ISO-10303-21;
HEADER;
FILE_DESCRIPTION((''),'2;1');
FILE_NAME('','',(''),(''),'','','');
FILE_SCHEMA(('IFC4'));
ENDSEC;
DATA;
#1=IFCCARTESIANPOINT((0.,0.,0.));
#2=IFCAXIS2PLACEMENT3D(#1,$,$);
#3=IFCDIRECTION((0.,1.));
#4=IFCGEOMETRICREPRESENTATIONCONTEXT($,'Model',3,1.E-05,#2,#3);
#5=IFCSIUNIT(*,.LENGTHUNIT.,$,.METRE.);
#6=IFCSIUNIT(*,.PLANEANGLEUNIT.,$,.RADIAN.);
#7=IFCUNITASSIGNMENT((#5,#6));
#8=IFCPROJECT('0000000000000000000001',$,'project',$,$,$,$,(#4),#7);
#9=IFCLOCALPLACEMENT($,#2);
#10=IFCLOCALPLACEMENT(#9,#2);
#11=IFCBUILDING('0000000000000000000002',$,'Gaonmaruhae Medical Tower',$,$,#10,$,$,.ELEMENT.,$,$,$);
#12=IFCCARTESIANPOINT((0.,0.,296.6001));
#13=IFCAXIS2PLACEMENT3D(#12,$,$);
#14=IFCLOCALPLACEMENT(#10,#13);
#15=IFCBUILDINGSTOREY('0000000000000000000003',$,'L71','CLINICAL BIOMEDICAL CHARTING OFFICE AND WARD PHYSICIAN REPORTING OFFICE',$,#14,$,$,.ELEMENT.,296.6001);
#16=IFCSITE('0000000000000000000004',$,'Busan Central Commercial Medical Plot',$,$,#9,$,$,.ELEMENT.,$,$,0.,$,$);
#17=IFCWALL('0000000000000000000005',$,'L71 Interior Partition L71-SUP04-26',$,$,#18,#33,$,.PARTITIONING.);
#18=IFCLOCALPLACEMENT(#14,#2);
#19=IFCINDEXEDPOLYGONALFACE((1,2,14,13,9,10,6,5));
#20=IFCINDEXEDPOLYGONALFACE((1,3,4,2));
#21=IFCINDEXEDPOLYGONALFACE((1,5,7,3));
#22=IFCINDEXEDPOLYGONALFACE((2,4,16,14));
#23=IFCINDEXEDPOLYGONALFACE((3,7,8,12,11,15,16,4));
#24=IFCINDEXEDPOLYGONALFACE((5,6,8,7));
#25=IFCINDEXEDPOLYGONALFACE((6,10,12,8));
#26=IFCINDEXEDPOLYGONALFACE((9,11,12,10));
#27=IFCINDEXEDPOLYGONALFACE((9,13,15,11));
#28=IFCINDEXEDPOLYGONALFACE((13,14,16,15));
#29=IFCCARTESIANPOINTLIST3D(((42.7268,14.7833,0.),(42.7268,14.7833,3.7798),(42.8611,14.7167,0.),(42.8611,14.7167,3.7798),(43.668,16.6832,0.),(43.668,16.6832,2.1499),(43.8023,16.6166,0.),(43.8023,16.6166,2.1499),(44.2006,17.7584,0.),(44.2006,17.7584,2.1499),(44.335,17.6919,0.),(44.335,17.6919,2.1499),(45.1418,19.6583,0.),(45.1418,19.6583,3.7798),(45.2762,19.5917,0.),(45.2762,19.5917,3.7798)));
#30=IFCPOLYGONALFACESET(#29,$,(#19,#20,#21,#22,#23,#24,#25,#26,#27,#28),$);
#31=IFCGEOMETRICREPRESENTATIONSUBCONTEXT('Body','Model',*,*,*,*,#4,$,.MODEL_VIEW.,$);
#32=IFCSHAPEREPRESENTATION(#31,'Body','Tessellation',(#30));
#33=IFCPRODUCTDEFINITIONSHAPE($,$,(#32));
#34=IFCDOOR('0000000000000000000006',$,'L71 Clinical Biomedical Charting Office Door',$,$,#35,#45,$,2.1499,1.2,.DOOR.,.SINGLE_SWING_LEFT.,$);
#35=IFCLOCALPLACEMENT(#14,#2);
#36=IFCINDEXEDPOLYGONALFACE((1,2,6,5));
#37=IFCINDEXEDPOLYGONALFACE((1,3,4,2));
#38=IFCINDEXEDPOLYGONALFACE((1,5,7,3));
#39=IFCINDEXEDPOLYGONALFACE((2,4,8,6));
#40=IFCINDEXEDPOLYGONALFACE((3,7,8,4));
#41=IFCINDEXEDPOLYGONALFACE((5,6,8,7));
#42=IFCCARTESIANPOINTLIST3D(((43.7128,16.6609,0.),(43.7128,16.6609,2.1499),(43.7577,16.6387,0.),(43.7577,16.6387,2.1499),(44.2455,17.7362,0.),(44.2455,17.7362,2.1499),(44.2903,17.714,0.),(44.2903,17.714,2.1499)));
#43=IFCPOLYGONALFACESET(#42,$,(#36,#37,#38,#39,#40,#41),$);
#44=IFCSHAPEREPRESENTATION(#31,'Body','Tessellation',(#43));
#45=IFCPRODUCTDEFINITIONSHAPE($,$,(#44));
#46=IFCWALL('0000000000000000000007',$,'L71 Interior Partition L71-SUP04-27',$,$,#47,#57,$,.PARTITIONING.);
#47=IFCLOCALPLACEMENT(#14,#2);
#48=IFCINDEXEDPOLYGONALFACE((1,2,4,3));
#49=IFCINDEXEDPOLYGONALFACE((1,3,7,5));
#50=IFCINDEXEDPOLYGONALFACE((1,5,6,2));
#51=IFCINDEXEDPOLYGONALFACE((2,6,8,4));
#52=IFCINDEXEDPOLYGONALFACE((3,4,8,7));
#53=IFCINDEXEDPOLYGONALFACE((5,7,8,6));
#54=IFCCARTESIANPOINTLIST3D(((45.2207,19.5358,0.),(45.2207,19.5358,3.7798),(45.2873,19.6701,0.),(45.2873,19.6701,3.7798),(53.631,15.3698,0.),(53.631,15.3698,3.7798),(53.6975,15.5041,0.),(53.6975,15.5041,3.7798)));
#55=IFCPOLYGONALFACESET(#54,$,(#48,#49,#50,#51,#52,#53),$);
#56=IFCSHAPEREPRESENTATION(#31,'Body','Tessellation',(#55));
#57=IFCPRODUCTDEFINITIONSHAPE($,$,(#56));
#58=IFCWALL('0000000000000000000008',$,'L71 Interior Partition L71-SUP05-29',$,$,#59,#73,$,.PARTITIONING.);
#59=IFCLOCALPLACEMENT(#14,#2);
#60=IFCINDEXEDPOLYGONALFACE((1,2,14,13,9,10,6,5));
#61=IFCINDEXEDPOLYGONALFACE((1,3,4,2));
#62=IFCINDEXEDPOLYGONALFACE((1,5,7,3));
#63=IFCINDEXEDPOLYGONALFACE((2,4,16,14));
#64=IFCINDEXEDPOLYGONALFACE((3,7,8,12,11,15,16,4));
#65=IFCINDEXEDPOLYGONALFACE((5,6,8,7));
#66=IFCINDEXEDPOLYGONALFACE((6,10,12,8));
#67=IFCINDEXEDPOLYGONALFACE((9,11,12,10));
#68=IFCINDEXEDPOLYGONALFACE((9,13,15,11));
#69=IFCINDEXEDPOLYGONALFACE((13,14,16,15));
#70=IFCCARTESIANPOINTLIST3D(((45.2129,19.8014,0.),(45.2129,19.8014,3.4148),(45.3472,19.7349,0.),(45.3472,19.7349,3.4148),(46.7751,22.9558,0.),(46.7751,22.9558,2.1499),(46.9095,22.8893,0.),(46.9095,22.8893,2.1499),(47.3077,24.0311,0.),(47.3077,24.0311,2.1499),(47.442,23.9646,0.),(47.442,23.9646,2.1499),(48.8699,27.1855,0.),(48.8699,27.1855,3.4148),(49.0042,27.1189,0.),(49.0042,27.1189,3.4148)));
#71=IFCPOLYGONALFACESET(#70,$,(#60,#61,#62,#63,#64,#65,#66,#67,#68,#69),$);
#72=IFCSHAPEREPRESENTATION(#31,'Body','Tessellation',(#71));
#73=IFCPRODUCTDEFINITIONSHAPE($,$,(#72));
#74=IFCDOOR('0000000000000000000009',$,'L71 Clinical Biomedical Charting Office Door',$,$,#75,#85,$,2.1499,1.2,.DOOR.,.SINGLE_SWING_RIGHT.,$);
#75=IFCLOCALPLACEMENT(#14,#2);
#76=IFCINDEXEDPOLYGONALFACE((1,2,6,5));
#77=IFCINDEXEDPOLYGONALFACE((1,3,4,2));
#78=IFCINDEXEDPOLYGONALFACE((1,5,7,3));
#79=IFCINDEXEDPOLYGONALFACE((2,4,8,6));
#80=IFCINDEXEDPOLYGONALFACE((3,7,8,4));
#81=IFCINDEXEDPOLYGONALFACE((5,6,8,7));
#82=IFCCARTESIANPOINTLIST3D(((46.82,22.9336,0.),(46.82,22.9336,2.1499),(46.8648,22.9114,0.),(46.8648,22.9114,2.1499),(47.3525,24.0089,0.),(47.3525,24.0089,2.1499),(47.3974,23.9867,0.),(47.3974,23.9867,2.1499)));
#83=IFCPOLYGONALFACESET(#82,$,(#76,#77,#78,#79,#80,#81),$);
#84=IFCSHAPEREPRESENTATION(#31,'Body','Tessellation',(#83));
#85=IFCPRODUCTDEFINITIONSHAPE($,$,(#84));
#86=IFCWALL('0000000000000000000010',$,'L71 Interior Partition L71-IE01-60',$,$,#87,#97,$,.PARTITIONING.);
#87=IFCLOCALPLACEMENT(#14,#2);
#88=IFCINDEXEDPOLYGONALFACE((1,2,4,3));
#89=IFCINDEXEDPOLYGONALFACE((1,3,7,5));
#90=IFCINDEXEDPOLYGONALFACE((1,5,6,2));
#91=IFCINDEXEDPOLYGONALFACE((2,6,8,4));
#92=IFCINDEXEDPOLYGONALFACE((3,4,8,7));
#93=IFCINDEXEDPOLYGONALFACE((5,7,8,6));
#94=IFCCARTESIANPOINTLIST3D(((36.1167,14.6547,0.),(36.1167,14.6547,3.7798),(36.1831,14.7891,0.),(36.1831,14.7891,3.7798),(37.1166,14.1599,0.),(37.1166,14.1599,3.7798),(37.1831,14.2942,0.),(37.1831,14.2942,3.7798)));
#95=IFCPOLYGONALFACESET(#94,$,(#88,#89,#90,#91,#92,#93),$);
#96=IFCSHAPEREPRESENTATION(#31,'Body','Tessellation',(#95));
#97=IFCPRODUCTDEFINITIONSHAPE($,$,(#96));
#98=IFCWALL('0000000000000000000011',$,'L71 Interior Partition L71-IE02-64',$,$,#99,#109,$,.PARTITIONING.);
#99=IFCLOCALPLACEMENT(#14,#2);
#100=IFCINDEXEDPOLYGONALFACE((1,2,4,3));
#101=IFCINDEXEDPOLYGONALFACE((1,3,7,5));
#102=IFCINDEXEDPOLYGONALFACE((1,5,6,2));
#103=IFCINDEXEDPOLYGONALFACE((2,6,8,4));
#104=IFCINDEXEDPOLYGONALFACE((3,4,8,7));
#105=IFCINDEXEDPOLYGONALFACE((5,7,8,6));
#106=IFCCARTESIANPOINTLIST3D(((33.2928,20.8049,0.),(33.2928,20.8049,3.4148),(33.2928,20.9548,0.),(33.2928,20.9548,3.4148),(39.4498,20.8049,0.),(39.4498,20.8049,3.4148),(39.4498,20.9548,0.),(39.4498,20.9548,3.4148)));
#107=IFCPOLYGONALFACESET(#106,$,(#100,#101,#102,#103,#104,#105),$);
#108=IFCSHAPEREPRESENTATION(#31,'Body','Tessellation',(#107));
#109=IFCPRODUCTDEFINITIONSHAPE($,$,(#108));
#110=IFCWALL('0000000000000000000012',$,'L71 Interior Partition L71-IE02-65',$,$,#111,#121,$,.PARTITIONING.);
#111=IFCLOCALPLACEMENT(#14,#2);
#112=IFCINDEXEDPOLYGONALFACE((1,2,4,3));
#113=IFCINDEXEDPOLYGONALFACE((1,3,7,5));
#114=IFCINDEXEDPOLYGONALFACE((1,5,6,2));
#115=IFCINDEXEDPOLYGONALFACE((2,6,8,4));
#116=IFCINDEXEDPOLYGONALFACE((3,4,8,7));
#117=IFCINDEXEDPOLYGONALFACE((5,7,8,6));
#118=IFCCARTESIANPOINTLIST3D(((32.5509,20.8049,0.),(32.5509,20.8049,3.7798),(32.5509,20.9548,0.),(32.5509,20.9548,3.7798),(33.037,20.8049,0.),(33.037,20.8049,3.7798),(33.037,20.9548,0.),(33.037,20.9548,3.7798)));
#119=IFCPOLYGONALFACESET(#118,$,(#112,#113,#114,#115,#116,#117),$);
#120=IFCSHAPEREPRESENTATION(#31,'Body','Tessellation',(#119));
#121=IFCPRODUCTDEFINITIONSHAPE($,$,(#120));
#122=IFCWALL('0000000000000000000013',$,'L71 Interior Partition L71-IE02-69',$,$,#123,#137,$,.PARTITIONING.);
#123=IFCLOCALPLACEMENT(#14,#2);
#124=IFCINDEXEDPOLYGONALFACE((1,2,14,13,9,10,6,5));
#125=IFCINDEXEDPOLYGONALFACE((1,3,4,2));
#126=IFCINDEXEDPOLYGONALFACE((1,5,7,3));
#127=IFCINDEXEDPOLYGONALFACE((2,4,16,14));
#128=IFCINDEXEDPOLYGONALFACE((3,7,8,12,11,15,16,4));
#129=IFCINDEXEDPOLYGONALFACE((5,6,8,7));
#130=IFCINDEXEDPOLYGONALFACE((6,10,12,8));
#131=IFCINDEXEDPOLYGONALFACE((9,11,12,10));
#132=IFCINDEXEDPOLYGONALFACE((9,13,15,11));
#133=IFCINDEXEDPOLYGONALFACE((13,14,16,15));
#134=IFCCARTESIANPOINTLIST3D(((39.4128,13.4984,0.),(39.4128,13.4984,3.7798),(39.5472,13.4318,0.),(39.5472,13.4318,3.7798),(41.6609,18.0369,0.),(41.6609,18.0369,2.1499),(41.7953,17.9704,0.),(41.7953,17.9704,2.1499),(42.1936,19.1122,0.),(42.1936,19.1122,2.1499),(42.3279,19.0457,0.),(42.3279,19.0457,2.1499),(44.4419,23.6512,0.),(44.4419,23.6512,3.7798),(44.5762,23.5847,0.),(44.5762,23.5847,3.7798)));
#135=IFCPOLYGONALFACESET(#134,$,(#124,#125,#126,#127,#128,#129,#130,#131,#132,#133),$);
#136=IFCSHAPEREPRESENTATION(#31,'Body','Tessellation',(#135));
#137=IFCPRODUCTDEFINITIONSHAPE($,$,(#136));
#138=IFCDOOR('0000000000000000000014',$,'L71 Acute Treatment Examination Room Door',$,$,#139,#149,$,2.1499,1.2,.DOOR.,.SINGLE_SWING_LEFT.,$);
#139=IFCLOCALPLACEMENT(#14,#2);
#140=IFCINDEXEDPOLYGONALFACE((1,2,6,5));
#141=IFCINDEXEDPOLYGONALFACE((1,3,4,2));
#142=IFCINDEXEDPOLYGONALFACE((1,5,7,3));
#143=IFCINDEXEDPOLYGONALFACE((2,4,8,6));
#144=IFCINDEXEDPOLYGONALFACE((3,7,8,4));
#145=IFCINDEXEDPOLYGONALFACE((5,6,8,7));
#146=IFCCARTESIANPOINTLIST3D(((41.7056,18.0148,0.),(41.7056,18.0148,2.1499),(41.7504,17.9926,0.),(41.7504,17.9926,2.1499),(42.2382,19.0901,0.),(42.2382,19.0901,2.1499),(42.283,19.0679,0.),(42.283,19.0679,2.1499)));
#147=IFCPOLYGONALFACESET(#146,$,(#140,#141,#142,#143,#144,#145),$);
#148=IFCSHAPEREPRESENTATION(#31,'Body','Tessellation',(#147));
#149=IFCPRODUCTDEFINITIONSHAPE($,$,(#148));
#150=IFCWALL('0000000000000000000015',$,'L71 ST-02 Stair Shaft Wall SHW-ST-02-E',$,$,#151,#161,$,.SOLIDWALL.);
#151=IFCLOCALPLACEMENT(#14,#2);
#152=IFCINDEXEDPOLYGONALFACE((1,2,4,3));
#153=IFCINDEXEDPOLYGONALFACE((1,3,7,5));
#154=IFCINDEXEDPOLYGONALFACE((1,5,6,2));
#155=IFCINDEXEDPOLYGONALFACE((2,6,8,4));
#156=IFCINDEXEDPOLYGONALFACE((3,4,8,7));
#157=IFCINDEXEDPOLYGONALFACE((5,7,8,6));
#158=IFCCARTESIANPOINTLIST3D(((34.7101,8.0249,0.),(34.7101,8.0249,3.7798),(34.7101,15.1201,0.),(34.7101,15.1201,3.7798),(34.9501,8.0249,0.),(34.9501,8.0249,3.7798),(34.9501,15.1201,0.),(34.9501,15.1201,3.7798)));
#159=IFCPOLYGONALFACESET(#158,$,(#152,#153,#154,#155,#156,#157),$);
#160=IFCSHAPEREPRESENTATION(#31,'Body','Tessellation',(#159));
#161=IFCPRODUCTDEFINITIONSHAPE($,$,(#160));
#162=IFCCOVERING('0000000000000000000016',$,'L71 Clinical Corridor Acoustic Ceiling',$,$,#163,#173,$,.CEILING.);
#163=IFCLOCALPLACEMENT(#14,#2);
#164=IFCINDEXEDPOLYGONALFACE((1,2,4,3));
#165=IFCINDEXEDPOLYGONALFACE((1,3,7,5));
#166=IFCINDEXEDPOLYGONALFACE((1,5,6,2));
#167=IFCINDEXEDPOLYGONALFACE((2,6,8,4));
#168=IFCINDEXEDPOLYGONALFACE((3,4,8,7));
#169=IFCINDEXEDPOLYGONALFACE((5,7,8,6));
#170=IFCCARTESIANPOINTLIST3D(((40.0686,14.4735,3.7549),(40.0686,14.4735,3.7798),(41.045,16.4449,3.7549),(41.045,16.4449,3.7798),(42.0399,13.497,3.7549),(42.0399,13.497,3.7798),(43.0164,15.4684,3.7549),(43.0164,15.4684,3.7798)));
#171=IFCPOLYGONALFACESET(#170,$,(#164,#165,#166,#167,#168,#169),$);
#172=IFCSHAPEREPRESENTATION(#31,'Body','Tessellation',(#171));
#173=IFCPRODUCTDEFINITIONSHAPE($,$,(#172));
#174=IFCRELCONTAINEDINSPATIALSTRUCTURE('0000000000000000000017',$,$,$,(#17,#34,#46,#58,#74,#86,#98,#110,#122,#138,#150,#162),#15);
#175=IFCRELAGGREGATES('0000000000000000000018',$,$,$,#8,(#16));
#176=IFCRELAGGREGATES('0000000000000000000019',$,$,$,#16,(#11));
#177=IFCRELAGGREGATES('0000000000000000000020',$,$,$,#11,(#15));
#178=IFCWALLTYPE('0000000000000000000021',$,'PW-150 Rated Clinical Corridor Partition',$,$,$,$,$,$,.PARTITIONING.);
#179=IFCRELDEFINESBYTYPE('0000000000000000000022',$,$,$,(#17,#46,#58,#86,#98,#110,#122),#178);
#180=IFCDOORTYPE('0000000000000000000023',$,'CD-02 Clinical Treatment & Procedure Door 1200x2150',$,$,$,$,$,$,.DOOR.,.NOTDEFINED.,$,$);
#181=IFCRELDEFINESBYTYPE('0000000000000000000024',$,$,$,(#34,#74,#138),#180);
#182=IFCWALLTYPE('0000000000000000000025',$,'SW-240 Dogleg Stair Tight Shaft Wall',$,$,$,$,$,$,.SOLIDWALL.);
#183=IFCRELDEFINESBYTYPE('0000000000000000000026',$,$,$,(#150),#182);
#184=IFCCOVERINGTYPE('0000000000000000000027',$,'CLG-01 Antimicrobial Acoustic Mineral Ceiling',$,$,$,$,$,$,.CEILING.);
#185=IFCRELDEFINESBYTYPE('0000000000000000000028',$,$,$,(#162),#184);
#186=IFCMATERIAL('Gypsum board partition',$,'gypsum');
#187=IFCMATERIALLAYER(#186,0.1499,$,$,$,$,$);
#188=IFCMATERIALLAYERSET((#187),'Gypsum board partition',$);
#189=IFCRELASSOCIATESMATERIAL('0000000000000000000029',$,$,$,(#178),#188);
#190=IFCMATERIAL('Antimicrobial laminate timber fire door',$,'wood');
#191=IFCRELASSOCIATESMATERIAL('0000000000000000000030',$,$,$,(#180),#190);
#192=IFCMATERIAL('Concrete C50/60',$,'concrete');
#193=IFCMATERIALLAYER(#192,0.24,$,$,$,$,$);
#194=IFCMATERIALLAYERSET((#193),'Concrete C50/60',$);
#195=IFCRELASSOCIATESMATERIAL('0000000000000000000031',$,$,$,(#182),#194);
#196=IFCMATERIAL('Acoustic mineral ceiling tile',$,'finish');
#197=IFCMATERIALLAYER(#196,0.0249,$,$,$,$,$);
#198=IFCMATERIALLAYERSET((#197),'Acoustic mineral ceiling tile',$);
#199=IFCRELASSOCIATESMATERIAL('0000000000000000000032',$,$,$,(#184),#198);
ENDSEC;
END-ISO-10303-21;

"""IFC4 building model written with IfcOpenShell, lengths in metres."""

from ifc_helpers import new_model, si_unit, direction, frame, frame_2d, origin, origin_2d, place, context, subcontext, project, spatial, rectangle, extrude, material, layer, layer_set, type_object, element, fill, save


model = new_model("IFC4")

# Units and contexts
model_context = context("Model", 3, precision=1e-05, world=origin(), true_north=direction((0.0, 1.0)))
body_context = subcontext(model_context, "Body", "Model", "MODEL_VIEW")
ifc_project = project(units=[si_unit("LENGTHUNIT", "METRE"), si_unit("PLANEANGLEUNIT", "RADIAN")], contexts=[model_context])

# Site, building, storey
site_placement = place(None, origin())
site = spatial("IfcSite", under=ifc_project, at=site_placement, Name="Busan Central Commercial Medical Plot", CompositionType="ELEMENT", RefElevation=0.0)
building_placement = place(site_placement, origin())
building = spatial("IfcBuilding", under=site, at=building_placement, Name="Gaonmaruhae Medical Tower", CompositionType="ELEMENT")
storey_placement = place(building_placement, frame((0.0, 0.0, 296.6001)))
storey = spatial("IfcBuildingStorey", under=building, at=storey_placement, Name="L71", Description="CLINICAL BIOMEDICAL CHARTING OFFICE AND WARD PHYSICIAN REPORTING OFFICE", CompositionType="ELEMENT", Elevation=296.6001)

# Shared definitions
ifc_material_1 = material(Name="Concrete C50/60", Category="concrete")

# Wall, opening, door
ifc_material_2 = material(Name="Gypsum board partition", Category="gypsum")
ifc_layer_1 = layer(ifc_material_2, 0.1499)
ifc_layer_set_1 = layer_set([ifc_layer_1], Name="Gypsum board partition")
wall_type_1 = type_object("IfcWallType", Name="PW-150 Rated Clinical Corridor Partition", PredefinedType="PARTITIONING", material=ifc_layer_set_1)
wall_1_placement = place(storey_placement, frame((42.7939, 14.75, 0.0), z_axis=(0.0, 0.0, 1.0), x_axis=(0.443908, 0.896073, 0.0)))
wall_1 = element("IfcWall", 1, at=wall_1_placement, inside=storey, type_object=wall_type_1, Name="L71 Interior Partition L71-SUP04-26", PredefinedType="PARTITIONING", context=body_context, shape_type="SweptSolid", body=[
    extrude(rectangle(XDim=5.4404, YDim=0.1499, at=frame_2d((2.7202, 0.0))), origin(), (0.0, 0.0, 1.0), 3.7798),
])
opening_1_placement = place(wall_1_placement, frame((2.1201, 0.0, 0.0)))
opening_1 = element("IfcOpeningElement", 2, at=opening_1_placement, cuts=wall_1, PredefinedType="OPENING", context=body_context, shape_type="SweptSolid", body=[
    extrude(rectangle(XDim=1.2, YDim=2.1499, at=frame_2d((0.6001, 1.075))), frame((0.0, 0.085, 0.0), z_axis=(0.0, -1.0, 0.0), x_axis=(1.0, 0.0, 0.0)), (0.0, 0.0, 1.0), 0.1699),
])
ifc_material_3 = material(Name="Antimicrobial laminate timber fire door", Category="wood")
door_type = type_object("IfcDoorType", Name="CD-02 Clinical Treatment & Procedure Door 1200x2150", OperationType="NOTDEFINED", PredefinedType="DOOR", material=ifc_material_3)
door_1_placement = place(opening_1_placement, origin())
door_1 = element("IfcDoor", 3, at=door_1_placement, inside=storey, type_object=door_type, Name="L71 Clinical Biomedical Charting Office Door", OperationType="SINGLE_SWING_LEFT", OverallHeight=2.1499, OverallWidth=1.2, PredefinedType="DOOR", context=body_context, shape_type="SweptSolid", body=[
    extrude(rectangle(XDim=1.2, YDim=2.1499, at=frame_2d((0.6001, 1.075))), frame((0.0, 0.0249, 0.0), z_axis=(0.0, -1.0, 0.0), x_axis=(1.0, 0.0, 0.0)), (0.0, 0.0, 1.0), 0.05),
])
fill(opening_1, door_1)

# Wall
wall_2_placement = place(storey_placement, frame((45.2539, 19.603, 0.0), z_axis=(0.0, 0.0, 1.0), x_axis=(0.896086, -0.443881, 0.0)))
element("IfcWall", 4, at=wall_2_placement, inside=storey, type_object=wall_type_1, Name="L71 Interior Partition L71-SUP04-27", PredefinedType="PARTITIONING", context=body_context, shape_type="SweptSolid", body=[
    extrude(rectangle(XDim=9.3855, YDim=0.1499, at=frame_2d((4.6929, 0.0))), origin(), (0.0, 0.0, 1.0), 3.7798),
])

# Wall, opening, door
wall_3_placement = place(storey_placement, frame((45.28, 19.7681, 0.0), z_axis=(0.0, 0.0, 1.0), x_axis=(0.443809, 0.896121, 0.0)))
wall_3 = element("IfcWall", 5, at=wall_3_placement, inside=storey, type_object=wall_type_1, Name="L71 Interior Partition L71-SUP05-29", PredefinedType="PARTITIONING", context=body_context, shape_type="SweptSolid", body=[
    extrude(rectangle(XDim=8.24, YDim=0.1499, at=frame_2d((4.1201, 0.0))), origin(), (0.0, 0.0, 1.0), 3.4148),
])
opening_2_placement = place(wall_3_placement, frame((3.52, 0.0, 0.0)))
opening_2 = element("IfcOpeningElement", 6, at=opening_2_placement, cuts=wall_3, PredefinedType="OPENING", context=body_context, shape_type="SweptSolid", body=[
    extrude(rectangle(XDim=1.2, YDim=2.1499, at=frame_2d((0.6001, 1.075))), frame((0.0, 0.085, 0.0), z_axis=(0.0, -1.0, 0.0), x_axis=(1.0, 0.0, 0.0)), (0.0, 0.0, 1.0), 0.1699),
])
door_2_placement = place(opening_2_placement, origin())
door_2 = element("IfcDoor", 7, at=door_2_placement, inside=storey, type_object=door_type, Name="L71 Clinical Biomedical Charting Office Door", OperationType="SINGLE_SWING_RIGHT", OverallHeight=2.1499, OverallWidth=1.2, PredefinedType="DOOR", context=body_context, shape_type="SweptSolid", body=[
    extrude(rectangle(XDim=1.2, YDim=2.1499, at=frame_2d((0.6001, 1.075))), frame((0.0, 0.0249, 0.0), z_axis=(0.0, -1.0, 0.0), x_axis=(1.0, 0.0, 0.0)), (0.0, 0.0, 1.0), 0.05),
])
fill(opening_2, door_2)

# Walls
wall_4_placement = place(storey_placement, frame((36.1499, 14.7219, 0.0), z_axis=(0.0, 0.0, 1.0), x_axis=(0.896258, -0.443534, 0.0)))
element("IfcWall", 8, at=wall_4_placement, inside=storey, type_object=wall_type_1, Name="L71 Interior Partition L71-IE01-60", PredefinedType="PARTITIONING", context=body_context, shape_type="SweptSolid", body=[
    extrude(rectangle(XDim=1.1157, YDim=0.1499, at=frame_2d((0.5579, 0.0))), origin(), (0.0, 0.0, 1.0), 3.7798),
])
wall_5_placement = place(storey_placement, frame((39.45, 20.8799, 0.0), z_axis=(0.0, 0.0, 1.0), x_axis=(-1.0, 0.0, 0.0)))
element("IfcWall", 9, at=wall_5_placement, inside=storey, type_object=wall_type_1, Name="L71 Interior Partition L71-IE02-64", PredefinedType="PARTITIONING", context=body_context, shape_type="SweptSolid", body=[
    extrude(rectangle(XDim=6.157, YDim=0.1499, at=frame_2d((3.0786, 0.0))), origin(), (0.0, 0.0, 1.0), 3.4148),
])
wall_6_placement = place(storey_placement, frame((33.0371, 20.8799, 0.0), z_axis=(0.0, 0.0, 1.0), x_axis=(-1.0, 0.0, 0.0)))
element("IfcWall", 10, at=wall_6_placement, inside=storey, type_object=wall_type_1, Name="L71 Interior Partition L71-IE02-65", PredefinedType="PARTITIONING", context=body_context, shape_type="SweptSolid", body=[
    extrude(rectangle(XDim=0.4861, YDim=0.1499, at=frame_2d((0.2432, 0.0))), origin(), (0.0, 0.0, 1.0), 3.7798),
])

# Wall, opening, door
wall_7_placement = place(storey_placement, frame((44.509, 23.6179, 0.0), z_axis=(0.0, 0.0, 1.0), x_axis=(-0.443866, -0.896093, 0.0)))
wall_7 = element("IfcWall", 11, at=wall_7_placement, inside=storey, type_object=wall_type_1, Name="L71 Interior Partition L71-IE02-69", PredefinedType="PARTITIONING", context=body_context, shape_type="SweptSolid", body=[
    extrude(rectangle(XDim=11.3301, YDim=0.1499, at=frame_2d((5.665, 0.0))), origin(), (0.0, 0.0, 1.0), 3.7798),
])
opening_3_placement = place(wall_7_placement, frame((5.0652, 0.0, 0.0)))
opening_3 = element("IfcOpeningElement", 12, at=opening_3_placement, cuts=wall_7, PredefinedType="OPENING", context=body_context, shape_type="SweptSolid", body=[
    extrude(rectangle(XDim=1.2, YDim=2.1499, at=frame_2d((0.6001, 1.075))), frame((0.0, 0.085, 0.0), z_axis=(0.0, -1.0, 0.0), x_axis=(1.0, 0.0, 0.0)), (0.0, 0.0, 1.0), 0.1699),
])
door_3_placement = place(opening_3_placement, origin())
door_3 = element("IfcDoor", 13, at=door_3_placement, inside=storey, type_object=door_type, Name="L71 Acute Treatment Examination Room Door", OperationType="SINGLE_SWING_LEFT", OverallHeight=2.1499, OverallWidth=1.2, PredefinedType="DOOR", context=body_context, shape_type="SweptSolid", body=[
    extrude(rectangle(XDim=1.2, YDim=2.1499, at=frame_2d((0.6001, 1.075))), frame((0.0, 0.0249, 0.0), z_axis=(0.0, -1.0, 0.0), x_axis=(1.0, 0.0, 0.0)), (0.0, 0.0, 1.0), 0.05),
])
fill(opening_3, door_3)

# Wall
ifc_layer_2 = layer(ifc_material_1, 0.24)
ifc_layer_set_2 = layer_set([ifc_layer_2], Name="Concrete C50/60")
wall_type_2 = type_object("IfcWallType", Name="SW-240 Dogleg Stair Tight Shaft Wall", PredefinedType="SOLIDWALL", material=ifc_layer_set_2)
wall_8_placement = place(storey_placement, frame((34.8301, 15.1201, 0.0), z_axis=(0.0, 0.0, 1.0), x_axis=(0.0, -1.0, 0.0)))
element("IfcWall", 14, at=wall_8_placement, inside=storey, type_object=wall_type_2, Name="L71 ST-02 Stair Shaft Wall SHW-ST-02-E", PredefinedType="SOLIDWALL", context=body_context, shape_type="SweptSolid", body=[
    extrude(rectangle(XDim=7.0952, YDim=0.24, at=frame_2d((3.5476, 0.0))), origin(), (0.0, 0.0, 1.0), 3.7798),
])

# Covering
ifc_material_4 = material(Name="Acoustic mineral ceiling tile", Category="finish")
ifc_layer_3 = layer(ifc_material_4, 0.0249)
ifc_layer_set_3 = layer_set([ifc_layer_3], Name="Acoustic mineral ceiling tile")
covering_type_1 = type_object("IfcCoveringType", Name="CLG-01 Antimicrobial Acoustic Mineral Ceiling", PredefinedType="CEILING", material=ifc_layer_set_3)
covering_1_placement = place(storey_placement, frame((41.5425, 14.9709, 3.7549), z_axis=(0.0, 0.0, 1.0), x_axis=(0.443853, 0.896099, 0.0)))
element("IfcCovering", 15, at=covering_1_placement, inside=storey, type_object=covering_type_1, Name="L71 Clinical Corridor Acoustic Ceiling", PredefinedType="CEILING", context=body_context, shape_type="SweptSolid", body=[
    extrude(rectangle(XDim=2.2, YDim=2.2, at=origin_2d()), origin(), (0.0, 0.0, 1.0), 0.0249),
])

save(model, "model.ifc")
